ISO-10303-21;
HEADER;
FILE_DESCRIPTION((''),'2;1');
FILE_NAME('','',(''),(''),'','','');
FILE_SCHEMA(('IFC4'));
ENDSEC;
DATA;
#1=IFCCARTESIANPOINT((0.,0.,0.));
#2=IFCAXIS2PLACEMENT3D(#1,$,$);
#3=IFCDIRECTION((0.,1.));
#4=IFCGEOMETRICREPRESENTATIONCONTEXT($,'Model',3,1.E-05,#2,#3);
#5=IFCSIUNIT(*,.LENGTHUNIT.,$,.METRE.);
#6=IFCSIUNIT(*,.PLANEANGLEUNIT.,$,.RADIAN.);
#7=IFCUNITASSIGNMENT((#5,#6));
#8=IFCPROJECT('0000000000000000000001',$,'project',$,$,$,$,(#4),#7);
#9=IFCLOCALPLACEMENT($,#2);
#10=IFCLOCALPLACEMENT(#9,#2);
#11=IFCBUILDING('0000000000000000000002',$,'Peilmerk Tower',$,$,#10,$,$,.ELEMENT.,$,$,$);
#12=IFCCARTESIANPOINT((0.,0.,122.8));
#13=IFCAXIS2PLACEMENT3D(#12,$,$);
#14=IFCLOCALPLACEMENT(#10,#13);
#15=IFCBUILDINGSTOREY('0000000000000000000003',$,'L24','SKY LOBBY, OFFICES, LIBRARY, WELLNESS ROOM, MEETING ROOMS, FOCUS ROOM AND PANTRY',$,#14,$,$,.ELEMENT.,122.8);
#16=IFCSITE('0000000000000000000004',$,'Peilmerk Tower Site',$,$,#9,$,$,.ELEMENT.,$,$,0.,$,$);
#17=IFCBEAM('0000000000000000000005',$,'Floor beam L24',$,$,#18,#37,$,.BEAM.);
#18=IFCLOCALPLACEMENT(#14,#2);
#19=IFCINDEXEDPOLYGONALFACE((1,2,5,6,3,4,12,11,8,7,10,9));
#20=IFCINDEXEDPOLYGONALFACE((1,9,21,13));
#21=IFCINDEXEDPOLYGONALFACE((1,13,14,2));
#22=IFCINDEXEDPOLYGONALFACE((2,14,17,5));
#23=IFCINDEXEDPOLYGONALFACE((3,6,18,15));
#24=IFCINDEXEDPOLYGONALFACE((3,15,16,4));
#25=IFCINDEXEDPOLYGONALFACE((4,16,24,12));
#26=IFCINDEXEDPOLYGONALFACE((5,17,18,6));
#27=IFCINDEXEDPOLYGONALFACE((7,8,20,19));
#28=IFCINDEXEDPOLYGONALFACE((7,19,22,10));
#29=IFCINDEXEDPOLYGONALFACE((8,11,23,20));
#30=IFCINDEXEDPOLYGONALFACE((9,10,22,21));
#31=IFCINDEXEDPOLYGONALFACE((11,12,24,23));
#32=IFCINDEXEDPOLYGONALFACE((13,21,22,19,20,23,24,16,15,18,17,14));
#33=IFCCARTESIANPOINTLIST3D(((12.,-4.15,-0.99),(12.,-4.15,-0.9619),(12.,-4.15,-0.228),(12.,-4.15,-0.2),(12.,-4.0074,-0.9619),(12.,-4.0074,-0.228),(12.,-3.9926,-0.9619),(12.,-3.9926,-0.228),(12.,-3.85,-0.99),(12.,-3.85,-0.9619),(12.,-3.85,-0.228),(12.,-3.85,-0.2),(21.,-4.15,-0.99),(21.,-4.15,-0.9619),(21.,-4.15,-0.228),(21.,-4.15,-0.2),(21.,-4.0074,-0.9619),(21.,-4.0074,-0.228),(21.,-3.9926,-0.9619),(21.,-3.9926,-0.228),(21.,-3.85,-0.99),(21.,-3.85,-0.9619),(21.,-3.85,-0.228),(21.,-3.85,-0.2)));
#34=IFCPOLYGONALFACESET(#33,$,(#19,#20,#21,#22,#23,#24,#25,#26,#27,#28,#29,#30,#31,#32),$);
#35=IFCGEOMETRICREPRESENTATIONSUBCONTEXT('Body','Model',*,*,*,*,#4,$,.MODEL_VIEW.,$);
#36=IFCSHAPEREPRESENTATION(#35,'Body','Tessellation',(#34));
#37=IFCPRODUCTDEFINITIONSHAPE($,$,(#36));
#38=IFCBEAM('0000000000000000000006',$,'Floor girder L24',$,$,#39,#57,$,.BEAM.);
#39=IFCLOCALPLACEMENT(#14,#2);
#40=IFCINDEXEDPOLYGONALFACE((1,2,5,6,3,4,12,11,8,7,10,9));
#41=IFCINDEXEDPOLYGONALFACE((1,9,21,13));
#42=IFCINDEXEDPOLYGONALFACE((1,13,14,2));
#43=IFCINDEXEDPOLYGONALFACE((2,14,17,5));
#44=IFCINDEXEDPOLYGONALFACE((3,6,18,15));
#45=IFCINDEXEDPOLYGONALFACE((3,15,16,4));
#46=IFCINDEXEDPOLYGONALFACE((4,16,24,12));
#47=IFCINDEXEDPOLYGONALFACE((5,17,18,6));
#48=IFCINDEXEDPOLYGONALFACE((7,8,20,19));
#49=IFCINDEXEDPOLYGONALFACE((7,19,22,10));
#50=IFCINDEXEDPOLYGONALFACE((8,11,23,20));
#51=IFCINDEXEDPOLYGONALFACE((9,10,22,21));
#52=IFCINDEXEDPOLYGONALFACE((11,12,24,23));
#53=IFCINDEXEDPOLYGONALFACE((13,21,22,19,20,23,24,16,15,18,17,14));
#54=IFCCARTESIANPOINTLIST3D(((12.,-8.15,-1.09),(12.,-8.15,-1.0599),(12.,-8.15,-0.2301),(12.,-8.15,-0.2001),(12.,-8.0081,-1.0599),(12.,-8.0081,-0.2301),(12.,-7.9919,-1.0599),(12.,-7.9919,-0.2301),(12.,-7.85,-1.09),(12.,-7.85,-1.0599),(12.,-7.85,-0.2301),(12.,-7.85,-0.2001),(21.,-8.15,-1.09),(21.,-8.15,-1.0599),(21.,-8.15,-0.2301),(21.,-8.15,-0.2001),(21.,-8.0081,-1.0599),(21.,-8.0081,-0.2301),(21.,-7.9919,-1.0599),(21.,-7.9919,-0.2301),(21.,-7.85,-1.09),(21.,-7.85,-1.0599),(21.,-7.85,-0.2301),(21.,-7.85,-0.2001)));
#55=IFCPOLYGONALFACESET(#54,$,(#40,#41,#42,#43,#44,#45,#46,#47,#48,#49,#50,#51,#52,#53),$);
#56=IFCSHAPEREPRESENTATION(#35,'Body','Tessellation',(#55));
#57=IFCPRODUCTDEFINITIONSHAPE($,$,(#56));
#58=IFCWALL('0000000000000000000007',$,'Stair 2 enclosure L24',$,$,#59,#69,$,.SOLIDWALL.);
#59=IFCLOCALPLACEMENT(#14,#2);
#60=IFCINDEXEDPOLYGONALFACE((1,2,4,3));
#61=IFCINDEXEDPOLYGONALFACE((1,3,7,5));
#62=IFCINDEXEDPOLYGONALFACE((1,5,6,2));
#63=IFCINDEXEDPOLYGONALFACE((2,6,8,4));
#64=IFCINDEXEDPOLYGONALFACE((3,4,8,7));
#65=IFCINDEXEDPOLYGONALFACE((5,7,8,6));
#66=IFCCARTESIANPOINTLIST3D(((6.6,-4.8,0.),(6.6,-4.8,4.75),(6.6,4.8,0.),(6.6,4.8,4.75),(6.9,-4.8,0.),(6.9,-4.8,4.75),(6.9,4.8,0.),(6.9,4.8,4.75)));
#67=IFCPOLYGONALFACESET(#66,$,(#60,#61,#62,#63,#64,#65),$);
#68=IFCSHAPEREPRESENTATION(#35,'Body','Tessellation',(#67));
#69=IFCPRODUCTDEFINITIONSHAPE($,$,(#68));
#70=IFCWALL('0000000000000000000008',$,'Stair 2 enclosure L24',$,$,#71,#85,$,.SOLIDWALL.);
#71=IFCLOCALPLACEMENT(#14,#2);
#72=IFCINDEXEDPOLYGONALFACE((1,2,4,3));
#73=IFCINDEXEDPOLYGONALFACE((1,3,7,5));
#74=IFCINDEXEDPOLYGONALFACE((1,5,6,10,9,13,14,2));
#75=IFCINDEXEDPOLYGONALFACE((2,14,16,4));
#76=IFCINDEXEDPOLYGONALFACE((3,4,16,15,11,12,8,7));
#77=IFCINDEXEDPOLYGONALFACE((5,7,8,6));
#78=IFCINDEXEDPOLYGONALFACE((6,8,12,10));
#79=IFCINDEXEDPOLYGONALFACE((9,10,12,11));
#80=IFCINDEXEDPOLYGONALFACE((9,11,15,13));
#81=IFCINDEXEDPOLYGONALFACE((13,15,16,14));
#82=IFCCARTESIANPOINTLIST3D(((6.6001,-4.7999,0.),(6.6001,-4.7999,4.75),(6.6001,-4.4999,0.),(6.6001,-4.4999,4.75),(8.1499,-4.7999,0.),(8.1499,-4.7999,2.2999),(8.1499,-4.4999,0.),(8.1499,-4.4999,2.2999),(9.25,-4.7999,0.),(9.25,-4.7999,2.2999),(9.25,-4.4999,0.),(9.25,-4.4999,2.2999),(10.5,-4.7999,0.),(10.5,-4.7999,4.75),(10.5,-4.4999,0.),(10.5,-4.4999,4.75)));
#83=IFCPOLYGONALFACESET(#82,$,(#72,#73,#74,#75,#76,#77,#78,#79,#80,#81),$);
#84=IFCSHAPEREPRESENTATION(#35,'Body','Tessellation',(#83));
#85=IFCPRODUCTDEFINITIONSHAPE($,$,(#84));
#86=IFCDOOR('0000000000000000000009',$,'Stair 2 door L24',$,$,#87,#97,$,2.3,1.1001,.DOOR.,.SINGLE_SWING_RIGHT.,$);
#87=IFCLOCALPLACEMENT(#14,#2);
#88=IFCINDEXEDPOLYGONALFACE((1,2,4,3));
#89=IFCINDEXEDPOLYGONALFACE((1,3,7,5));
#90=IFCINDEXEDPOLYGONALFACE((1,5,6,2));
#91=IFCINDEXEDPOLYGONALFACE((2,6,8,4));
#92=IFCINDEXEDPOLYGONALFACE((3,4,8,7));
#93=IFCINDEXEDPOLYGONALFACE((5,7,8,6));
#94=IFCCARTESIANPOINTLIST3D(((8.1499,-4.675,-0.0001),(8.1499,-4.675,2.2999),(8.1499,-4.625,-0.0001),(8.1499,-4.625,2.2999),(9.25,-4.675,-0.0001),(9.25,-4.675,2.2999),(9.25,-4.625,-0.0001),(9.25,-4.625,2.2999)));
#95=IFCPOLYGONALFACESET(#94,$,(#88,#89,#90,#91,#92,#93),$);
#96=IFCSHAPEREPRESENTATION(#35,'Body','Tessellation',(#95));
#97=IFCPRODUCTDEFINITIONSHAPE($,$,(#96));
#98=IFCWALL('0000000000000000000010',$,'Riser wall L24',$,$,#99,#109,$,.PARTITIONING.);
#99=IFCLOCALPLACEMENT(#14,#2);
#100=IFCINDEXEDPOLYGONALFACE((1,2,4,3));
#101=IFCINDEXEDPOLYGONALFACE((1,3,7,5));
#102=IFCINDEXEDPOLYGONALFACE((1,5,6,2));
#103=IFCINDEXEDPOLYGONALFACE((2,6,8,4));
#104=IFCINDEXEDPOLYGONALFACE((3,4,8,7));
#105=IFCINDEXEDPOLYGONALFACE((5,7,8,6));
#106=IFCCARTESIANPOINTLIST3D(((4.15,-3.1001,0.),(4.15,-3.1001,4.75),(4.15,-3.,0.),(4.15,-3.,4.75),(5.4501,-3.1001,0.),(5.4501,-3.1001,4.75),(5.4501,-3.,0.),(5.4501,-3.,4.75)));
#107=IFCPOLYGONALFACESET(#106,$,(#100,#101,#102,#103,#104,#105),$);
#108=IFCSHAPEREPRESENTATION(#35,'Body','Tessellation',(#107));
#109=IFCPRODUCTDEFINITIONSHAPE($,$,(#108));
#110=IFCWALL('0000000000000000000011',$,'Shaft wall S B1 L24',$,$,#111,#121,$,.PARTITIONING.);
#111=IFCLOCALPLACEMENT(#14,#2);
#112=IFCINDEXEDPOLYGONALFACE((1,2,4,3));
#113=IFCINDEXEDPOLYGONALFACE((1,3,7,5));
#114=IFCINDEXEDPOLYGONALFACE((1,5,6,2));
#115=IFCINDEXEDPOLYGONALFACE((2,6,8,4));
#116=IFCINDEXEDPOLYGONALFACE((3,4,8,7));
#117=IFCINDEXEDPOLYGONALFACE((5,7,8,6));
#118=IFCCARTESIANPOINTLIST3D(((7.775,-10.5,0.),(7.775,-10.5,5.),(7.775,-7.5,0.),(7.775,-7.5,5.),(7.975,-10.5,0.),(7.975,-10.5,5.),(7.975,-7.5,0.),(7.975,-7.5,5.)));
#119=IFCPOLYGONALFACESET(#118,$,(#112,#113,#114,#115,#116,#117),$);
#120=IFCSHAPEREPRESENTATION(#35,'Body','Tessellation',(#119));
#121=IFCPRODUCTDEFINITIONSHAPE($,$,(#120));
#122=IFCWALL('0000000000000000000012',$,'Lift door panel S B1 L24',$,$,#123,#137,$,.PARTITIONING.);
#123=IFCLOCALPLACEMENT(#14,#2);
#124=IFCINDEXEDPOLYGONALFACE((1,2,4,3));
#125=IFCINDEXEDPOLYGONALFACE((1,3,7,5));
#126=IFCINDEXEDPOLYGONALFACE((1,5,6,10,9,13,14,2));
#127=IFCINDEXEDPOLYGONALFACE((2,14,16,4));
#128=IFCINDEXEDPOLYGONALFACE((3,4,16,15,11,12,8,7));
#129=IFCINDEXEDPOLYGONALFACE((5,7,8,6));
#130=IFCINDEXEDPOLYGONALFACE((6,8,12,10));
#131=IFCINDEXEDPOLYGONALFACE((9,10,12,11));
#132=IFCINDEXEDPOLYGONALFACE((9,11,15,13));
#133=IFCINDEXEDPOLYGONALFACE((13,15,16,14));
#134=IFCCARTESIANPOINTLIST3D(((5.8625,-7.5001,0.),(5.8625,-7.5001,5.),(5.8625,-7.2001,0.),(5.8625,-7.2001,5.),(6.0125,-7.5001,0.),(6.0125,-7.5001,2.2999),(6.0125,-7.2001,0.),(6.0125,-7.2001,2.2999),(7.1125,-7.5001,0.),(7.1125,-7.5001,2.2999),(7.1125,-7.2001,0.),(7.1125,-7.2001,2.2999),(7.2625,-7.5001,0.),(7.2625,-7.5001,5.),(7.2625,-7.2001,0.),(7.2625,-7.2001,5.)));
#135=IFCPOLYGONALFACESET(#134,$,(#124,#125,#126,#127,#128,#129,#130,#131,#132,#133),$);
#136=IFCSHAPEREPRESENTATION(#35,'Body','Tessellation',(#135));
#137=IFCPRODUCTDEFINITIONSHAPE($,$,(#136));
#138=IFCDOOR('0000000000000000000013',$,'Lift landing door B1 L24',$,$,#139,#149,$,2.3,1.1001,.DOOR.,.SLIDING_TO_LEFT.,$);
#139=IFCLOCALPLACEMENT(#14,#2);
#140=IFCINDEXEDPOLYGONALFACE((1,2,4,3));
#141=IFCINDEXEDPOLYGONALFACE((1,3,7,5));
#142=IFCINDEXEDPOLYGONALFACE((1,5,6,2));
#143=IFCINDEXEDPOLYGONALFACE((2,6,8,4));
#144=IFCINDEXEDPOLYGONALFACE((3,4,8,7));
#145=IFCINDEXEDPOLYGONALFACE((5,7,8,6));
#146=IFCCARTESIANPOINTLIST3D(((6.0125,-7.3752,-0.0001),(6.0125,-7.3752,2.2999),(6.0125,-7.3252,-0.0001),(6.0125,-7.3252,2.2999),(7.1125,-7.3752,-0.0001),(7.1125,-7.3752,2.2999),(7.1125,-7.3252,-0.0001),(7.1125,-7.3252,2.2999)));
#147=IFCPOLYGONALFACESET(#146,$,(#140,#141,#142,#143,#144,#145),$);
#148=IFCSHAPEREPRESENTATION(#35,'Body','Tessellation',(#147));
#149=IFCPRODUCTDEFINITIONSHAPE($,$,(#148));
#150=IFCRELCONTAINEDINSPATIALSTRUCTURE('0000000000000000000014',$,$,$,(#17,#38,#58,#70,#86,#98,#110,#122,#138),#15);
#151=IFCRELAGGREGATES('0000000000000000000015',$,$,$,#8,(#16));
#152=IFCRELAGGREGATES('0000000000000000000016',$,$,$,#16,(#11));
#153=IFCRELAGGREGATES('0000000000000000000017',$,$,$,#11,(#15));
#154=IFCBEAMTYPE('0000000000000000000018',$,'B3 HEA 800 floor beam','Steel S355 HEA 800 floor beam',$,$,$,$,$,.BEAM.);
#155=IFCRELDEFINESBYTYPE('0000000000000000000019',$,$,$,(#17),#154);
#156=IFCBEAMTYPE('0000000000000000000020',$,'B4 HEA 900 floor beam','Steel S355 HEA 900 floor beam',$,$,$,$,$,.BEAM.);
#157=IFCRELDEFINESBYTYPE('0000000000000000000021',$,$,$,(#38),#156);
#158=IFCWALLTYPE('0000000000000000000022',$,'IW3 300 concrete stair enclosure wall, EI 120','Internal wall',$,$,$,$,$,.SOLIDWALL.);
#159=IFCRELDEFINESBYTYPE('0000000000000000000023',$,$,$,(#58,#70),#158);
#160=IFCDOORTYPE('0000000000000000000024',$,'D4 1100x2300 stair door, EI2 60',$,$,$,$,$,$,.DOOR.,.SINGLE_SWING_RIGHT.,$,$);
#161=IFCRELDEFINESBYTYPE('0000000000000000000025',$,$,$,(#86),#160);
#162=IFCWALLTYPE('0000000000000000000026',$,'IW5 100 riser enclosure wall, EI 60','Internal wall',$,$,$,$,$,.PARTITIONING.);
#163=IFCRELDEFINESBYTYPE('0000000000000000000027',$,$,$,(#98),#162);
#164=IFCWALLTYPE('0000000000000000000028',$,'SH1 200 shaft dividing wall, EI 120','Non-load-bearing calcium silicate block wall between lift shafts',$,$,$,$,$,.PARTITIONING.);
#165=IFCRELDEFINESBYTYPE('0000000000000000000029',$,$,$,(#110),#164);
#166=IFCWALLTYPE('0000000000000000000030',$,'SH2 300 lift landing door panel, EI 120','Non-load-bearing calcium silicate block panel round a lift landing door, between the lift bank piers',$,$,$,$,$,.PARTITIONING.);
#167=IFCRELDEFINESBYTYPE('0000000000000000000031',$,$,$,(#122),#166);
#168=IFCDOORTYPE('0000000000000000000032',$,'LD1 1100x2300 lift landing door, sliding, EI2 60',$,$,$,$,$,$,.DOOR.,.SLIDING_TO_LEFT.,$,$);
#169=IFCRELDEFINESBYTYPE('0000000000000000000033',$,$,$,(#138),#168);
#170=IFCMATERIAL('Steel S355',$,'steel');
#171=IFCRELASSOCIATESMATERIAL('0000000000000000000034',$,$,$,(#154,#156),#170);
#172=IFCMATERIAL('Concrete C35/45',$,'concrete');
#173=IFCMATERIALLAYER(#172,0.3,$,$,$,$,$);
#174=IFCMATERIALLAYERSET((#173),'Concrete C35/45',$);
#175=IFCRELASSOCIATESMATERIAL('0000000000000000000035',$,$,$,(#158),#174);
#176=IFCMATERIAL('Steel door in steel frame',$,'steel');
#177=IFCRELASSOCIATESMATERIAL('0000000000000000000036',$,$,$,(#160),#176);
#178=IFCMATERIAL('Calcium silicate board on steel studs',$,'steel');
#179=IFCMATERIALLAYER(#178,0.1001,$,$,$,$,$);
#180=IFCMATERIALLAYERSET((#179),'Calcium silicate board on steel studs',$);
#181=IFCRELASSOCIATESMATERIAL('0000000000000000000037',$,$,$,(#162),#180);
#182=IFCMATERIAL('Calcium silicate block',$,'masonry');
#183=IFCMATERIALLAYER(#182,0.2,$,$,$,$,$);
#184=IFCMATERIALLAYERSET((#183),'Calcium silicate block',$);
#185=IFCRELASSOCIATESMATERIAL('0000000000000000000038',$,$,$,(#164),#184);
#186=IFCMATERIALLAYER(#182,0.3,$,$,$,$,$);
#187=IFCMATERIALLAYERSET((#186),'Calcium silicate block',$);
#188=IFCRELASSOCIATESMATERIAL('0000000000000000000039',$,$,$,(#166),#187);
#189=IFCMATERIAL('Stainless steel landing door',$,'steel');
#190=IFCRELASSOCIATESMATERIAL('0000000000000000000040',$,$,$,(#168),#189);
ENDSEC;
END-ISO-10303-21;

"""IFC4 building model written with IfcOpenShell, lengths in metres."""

from ifc_helpers import new_model, si_unit, direction, frame, frame_2d, origin, origin_2d, place, context, subcontext, project, spatial, rectangle, i_section, extrude, material, layer, layer_set, material_profile, profile_set, type_object, element, fill, save


model = new_model("IFC4")

# Units and contexts
model_context = context("Model", 3, precision=1e-05, world=origin(), true_north=direction((0.0, 1.0)))
body_context = subcontext(model_context, "Body", "Model", "MODEL_VIEW")
ifc_project = project(units=[si_unit("LENGTHUNIT", "METRE"), si_unit("PLANEANGLEUNIT", "RADIAN")], contexts=[model_context])

# Site, building, storey
site_placement = place(None, origin())
site = spatial("IfcSite", under=ifc_project, at=site_placement, Name="Peilmerk Tower Site", CompositionType="ELEMENT", RefElevation=0.0)
building_placement = place(site_placement, origin())
building = spatial("IfcBuilding", under=site, at=building_placement, Name="Peilmerk Tower", CompositionType="ELEMENT")
storey_placement = place(building_placement, frame((0.0, 0.0, 122.8)))
storey = spatial("IfcBuildingStorey", under=building, at=storey_placement, Name="L24", Description="SKY LOBBY, OFFICES, LIBRARY, WELLNESS ROOM, MEETING ROOMS, FOCUS ROOM AND PANTRY", CompositionType="ELEMENT", Elevation=122.8)

# Beams
ifc_material_1 = material(Name="Steel S355", Category="steel")
ifc_material_profile_1 = material_profile(ifc_material_1, i_section(OverallWidth=0.3, OverallDepth=0.79, WebThickness=0.0149, FlangeThickness=0.0281, at=origin_2d()), Name="HEA 800")
ifc_profile_set_1 = profile_set([ifc_material_profile_1], Name="Steel S355")
beam_type_1 = type_object("IfcBeamType", Name="B3 HEA 800 floor beam", Description="Steel S355 HEA 800 floor beam", PredefinedType="BEAM", material=ifc_profile_set_1)
beam_1_placement = place(storey_placement, frame((12.0, -4.0, -0.595), z_axis=(1.0, 0.0, 0.0), x_axis=(0.0, 1.0, 0.0)))
element("IfcBeam", 1, at=beam_1_placement, inside=storey, type_object=beam_type_1, Name="Floor beam L24", PredefinedType="BEAM", context=body_context, shape_type="SweptSolid", body=[
    extrude(i_section(OverallWidth=0.3, OverallDepth=0.79, WebThickness=0.0149, FlangeThickness=0.0281, at=origin_2d()), origin(), (0.0, 0.0, 1.0), 9.0),
])
ifc_material_profile_2 = material_profile(ifc_material_1, i_section(OverallWidth=0.3, OverallDepth=0.8899, WebThickness=0.0161, FlangeThickness=0.03, at=origin_2d()), Name="HEA 900")
ifc_profile_set_2 = profile_set([ifc_material_profile_2], Name="Steel S355")
beam_type_2 = type_object("IfcBeamType", Name="B4 HEA 900 floor beam", Description="Steel S355 HEA 900 floor beam", PredefinedType="BEAM", material=ifc_profile_set_2)
beam_2_placement = place(storey_placement, frame((12.0, -8.0, -0.645), z_axis=(1.0, 0.0, 0.0), x_axis=(0.0, 1.0, 0.0)))
element("IfcBeam", 2, at=beam_2_placement, inside=storey, type_object=beam_type_2, Name="Floor girder L24", PredefinedType="BEAM", context=body_context, shape_type="SweptSolid", body=[
    extrude(i_section(OverallWidth=0.3, OverallDepth=0.8899, WebThickness=0.0161, FlangeThickness=0.03, at=origin_2d()), origin(), (0.0, 0.0, 1.0), 9.0),
])

# Wall
ifc_material_2 = material(Name="Concrete C35/45", Category="concrete")
ifc_layer_1 = layer(ifc_material_2, 0.3)
ifc_layer_set_1 = layer_set([ifc_layer_1], Name="Concrete C35/45")
wall_type_1 = type_object("IfcWallType", Name="IW3 300 concrete stair enclosure wall, EI 120", Description="Internal wall", PredefinedType="SOLIDWALL", material=ifc_layer_set_1)
wall_1_placement = place(storey_placement, frame((6.75, -4.8, 0.0), z_axis=(0.0, 0.0, 1.0), x_axis=(0.0, 1.0, 0.0)))
element("IfcWall", 3, at=wall_1_placement, inside=storey, type_object=wall_type_1, Name="Stair 2 enclosure L24", PredefinedType="SOLIDWALL", context=body_context, shape_type="SweptSolid", body=[
    extrude(rectangle(XDim=9.6001, YDim=0.3, at=frame_2d((4.8, 0.0))), origin(), (0.0, 0.0, 1.0), 4.75),
])

# Wall, opening, door
wall_2_placement = place(storey_placement, frame((10.5, -4.6499, 0.0), z_axis=(0.0, 0.0, 1.0), x_axis=(-1.0, 0.0, 0.0)))
wall_2 = element("IfcWall", 4, at=wall_2_placement, inside=storey, type_object=wall_type_1, Name="Stair 2 enclosure L24", PredefinedType="SOLIDWALL", context=body_context, shape_type="SweptSolid", body=[
    extrude(rectangle(XDim=3.8999, YDim=0.3, at=frame_2d((1.95, 0.0))), origin(), (0.0, 0.0, 1.0), 4.75),
])
opening_1_placement = place(wall_2_placement, frame((1.25, 0.0, 0.0)))
opening_1 = element("IfcOpeningElement", 5, at=opening_1_placement, cuts=wall_2, PredefinedType="OPENING", context=body_context, shape_type="SweptSolid", body=[
    extrude(rectangle(XDim=1.1001, YDim=2.3, at=frame_2d((0.55, 1.1499))), frame((0.0, 0.1599, 0.0), z_axis=(0.0, -1.0, 0.0), x_axis=(1.0, 0.0, 0.0)), (0.0, 0.0, 1.0), 0.3201),
])
ifc_material_3 = material(Name="Steel door in steel frame", Category="steel")
door_type_1 = type_object("IfcDoorType", Name="D4 1100x2300 stair door, EI2 60", OperationType="SINGLE_SWING_RIGHT", PredefinedType="DOOR", material=ifc_material_3)
door_1_placement = place(opening_1_placement, frame((1.1001, 0.0, 0.0), z_axis=(0.0, 0.0, 1.0), x_axis=(-1.0, 0.0, 0.0)))
door_1 = element("IfcDoor", 6, at=door_1_placement, inside=storey, type_object=door_type_1, Name="Stair 2 door L24", OperationType="SINGLE_SWING_RIGHT", OverallHeight=2.3, OverallWidth=1.1001, PredefinedType="DOOR", context=body_context, shape_type="SweptSolid", body=[
    extrude(rectangle(XDim=1.1001, YDim=2.3, at=frame_2d((0.55, 1.1499))), frame((0.0, 0.0249, 0.0), z_axis=(0.0, -1.0, 0.0), x_axis=(1.0, 0.0, 0.0)), (0.0, 0.0, 1.0), 0.05),
])
fill(opening_1, door_1)

# Walls
ifc_material_4 = material(Name="Calcium silicate board on steel studs", Category="steel")
ifc_layer_2 = layer(ifc_material_4, 0.1001)
ifc_layer_set_2 = layer_set([ifc_layer_2], Name="Calcium silicate board on steel studs")
wall_type_2 = type_object("IfcWallType", Name="IW5 100 riser enclosure wall, EI 60", Description="Internal wall", PredefinedType="PARTITIONING", material=ifc_layer_set_2)
wall_3_placement = place(storey_placement, frame((5.45, -3.05, 0.0), z_axis=(0.0, 0.0, 1.0), x_axis=(-1.0, 0.0, 0.0)))
element("IfcWall", 7, at=wall_3_placement, inside=storey, type_object=wall_type_2, Name="Riser wall L24", PredefinedType="PARTITIONING", context=body_context, shape_type="SweptSolid", body=[
    extrude(rectangle(XDim=1.3, YDim=0.1001, at=frame_2d((0.6499, 0.0))), origin(), (0.0, 0.0, 1.0), 4.75),
])
ifc_material_5 = material(Name="Calcium silicate block", Category="masonry")
ifc_layer_3 = layer(ifc_material_5, 0.2)
ifc_layer_set_3 = layer_set([ifc_layer_3], Name="Calcium silicate block")
wall_type_3 = type_object("IfcWallType", Name="SH1 200 shaft dividing wall, EI 120", Description="Non-load-bearing calcium silicate block wall between lift shafts", PredefinedType="PARTITIONING", material=ifc_layer_set_3)
wall_4_placement = place(storey_placement, frame((7.875, -10.5, 0.0), z_axis=(0.0, 0.0, 1.0), x_axis=(0.0, 1.0, 0.0)))
element("IfcWall", 8, at=wall_4_placement, inside=storey, type_object=wall_type_3, Name="Shaft wall S B1 L24", PredefinedType="PARTITIONING", context=body_context, shape_type="SweptSolid", body=[
    extrude(rectangle(XDim=3.0, YDim=0.2, at=frame_2d((1.5, 0.0))), origin(), (0.0, 0.0, 1.0), 5.0),
])

# Wall, opening, door
ifc_layer_4 = layer(ifc_material_5, 0.3)
ifc_layer_set_4 = layer_set([ifc_layer_4], Name="Calcium silicate block")
wall_type_4 = type_object("IfcWallType", Name="SH2 300 lift landing door panel, EI 120", Description="Non-load-bearing calcium silicate block panel round a lift landing door, between the lift bank piers", PredefinedType="PARTITIONING", material=ifc_layer_set_4)
wall_5_placement = place(storey_placement, frame((5.8625, -7.3501, 0.0), z_axis=(0.0, 0.0, 1.0), x_axis=(1.0, 0.0, 0.0)))
wall_5 = element("IfcWall", 9, at=wall_5_placement, inside=storey, type_object=wall_type_4, Name="Lift door panel S B1 L24", PredefinedType="PARTITIONING", context=body_context, shape_type="SweptSolid", body=[
    extrude(rectangle(XDim=1.3999, YDim=0.3, at=frame_2d((0.7, 0.0))), origin(), (0.0, 0.0, 1.0), 5.0),
])
opening_2_placement = place(wall_5_placement, frame((0.1499, 0.0, 0.0)))
opening_2 = element("IfcOpeningElement", 10, at=opening_2_placement, cuts=wall_5, PredefinedType="OPENING", context=body_context, shape_type="SweptSolid", body=[
    extrude(rectangle(XDim=1.1001, YDim=2.3, at=frame_2d((0.55, 1.1499))), frame((0.0, 0.1599, 0.0), z_axis=(0.0, -1.0, 0.0), x_axis=(1.0, 0.0, 0.0)), (0.0, 0.0, 1.0), 0.3201),
])
ifc_material_6 = material(Name="Stainless steel landing door", Category="steel")
door_type_2 = type_object("IfcDoorType", Name="LD1 1100x2300 lift landing door, sliding, EI2 60", OperationType="SLIDING_TO_LEFT", PredefinedType="DOOR", material=ifc_material_6)
door_2_placement = place(opening_2_placement, origin())
door_2 = element("IfcDoor", 11, at=door_2_placement, inside=storey, type_object=door_type_2, Name="Lift landing door B1 L24", OperationType="SLIDING_TO_LEFT", OverallHeight=2.3, OverallWidth=1.1001, PredefinedType="DOOR", context=body_context, shape_type="SweptSolid", body=[
    extrude(rectangle(XDim=1.1001, YDim=2.3, at=frame_2d((0.55, 1.1499))), frame((0.0, 0.0249, 0.0), z_axis=(0.0, -1.0, 0.0), x_axis=(1.0, 0.0, 0.0)), (0.0, 0.0, 1.0), 0.05),
])
fill(opening_2, door_2)

save(model, "model.ifc")
